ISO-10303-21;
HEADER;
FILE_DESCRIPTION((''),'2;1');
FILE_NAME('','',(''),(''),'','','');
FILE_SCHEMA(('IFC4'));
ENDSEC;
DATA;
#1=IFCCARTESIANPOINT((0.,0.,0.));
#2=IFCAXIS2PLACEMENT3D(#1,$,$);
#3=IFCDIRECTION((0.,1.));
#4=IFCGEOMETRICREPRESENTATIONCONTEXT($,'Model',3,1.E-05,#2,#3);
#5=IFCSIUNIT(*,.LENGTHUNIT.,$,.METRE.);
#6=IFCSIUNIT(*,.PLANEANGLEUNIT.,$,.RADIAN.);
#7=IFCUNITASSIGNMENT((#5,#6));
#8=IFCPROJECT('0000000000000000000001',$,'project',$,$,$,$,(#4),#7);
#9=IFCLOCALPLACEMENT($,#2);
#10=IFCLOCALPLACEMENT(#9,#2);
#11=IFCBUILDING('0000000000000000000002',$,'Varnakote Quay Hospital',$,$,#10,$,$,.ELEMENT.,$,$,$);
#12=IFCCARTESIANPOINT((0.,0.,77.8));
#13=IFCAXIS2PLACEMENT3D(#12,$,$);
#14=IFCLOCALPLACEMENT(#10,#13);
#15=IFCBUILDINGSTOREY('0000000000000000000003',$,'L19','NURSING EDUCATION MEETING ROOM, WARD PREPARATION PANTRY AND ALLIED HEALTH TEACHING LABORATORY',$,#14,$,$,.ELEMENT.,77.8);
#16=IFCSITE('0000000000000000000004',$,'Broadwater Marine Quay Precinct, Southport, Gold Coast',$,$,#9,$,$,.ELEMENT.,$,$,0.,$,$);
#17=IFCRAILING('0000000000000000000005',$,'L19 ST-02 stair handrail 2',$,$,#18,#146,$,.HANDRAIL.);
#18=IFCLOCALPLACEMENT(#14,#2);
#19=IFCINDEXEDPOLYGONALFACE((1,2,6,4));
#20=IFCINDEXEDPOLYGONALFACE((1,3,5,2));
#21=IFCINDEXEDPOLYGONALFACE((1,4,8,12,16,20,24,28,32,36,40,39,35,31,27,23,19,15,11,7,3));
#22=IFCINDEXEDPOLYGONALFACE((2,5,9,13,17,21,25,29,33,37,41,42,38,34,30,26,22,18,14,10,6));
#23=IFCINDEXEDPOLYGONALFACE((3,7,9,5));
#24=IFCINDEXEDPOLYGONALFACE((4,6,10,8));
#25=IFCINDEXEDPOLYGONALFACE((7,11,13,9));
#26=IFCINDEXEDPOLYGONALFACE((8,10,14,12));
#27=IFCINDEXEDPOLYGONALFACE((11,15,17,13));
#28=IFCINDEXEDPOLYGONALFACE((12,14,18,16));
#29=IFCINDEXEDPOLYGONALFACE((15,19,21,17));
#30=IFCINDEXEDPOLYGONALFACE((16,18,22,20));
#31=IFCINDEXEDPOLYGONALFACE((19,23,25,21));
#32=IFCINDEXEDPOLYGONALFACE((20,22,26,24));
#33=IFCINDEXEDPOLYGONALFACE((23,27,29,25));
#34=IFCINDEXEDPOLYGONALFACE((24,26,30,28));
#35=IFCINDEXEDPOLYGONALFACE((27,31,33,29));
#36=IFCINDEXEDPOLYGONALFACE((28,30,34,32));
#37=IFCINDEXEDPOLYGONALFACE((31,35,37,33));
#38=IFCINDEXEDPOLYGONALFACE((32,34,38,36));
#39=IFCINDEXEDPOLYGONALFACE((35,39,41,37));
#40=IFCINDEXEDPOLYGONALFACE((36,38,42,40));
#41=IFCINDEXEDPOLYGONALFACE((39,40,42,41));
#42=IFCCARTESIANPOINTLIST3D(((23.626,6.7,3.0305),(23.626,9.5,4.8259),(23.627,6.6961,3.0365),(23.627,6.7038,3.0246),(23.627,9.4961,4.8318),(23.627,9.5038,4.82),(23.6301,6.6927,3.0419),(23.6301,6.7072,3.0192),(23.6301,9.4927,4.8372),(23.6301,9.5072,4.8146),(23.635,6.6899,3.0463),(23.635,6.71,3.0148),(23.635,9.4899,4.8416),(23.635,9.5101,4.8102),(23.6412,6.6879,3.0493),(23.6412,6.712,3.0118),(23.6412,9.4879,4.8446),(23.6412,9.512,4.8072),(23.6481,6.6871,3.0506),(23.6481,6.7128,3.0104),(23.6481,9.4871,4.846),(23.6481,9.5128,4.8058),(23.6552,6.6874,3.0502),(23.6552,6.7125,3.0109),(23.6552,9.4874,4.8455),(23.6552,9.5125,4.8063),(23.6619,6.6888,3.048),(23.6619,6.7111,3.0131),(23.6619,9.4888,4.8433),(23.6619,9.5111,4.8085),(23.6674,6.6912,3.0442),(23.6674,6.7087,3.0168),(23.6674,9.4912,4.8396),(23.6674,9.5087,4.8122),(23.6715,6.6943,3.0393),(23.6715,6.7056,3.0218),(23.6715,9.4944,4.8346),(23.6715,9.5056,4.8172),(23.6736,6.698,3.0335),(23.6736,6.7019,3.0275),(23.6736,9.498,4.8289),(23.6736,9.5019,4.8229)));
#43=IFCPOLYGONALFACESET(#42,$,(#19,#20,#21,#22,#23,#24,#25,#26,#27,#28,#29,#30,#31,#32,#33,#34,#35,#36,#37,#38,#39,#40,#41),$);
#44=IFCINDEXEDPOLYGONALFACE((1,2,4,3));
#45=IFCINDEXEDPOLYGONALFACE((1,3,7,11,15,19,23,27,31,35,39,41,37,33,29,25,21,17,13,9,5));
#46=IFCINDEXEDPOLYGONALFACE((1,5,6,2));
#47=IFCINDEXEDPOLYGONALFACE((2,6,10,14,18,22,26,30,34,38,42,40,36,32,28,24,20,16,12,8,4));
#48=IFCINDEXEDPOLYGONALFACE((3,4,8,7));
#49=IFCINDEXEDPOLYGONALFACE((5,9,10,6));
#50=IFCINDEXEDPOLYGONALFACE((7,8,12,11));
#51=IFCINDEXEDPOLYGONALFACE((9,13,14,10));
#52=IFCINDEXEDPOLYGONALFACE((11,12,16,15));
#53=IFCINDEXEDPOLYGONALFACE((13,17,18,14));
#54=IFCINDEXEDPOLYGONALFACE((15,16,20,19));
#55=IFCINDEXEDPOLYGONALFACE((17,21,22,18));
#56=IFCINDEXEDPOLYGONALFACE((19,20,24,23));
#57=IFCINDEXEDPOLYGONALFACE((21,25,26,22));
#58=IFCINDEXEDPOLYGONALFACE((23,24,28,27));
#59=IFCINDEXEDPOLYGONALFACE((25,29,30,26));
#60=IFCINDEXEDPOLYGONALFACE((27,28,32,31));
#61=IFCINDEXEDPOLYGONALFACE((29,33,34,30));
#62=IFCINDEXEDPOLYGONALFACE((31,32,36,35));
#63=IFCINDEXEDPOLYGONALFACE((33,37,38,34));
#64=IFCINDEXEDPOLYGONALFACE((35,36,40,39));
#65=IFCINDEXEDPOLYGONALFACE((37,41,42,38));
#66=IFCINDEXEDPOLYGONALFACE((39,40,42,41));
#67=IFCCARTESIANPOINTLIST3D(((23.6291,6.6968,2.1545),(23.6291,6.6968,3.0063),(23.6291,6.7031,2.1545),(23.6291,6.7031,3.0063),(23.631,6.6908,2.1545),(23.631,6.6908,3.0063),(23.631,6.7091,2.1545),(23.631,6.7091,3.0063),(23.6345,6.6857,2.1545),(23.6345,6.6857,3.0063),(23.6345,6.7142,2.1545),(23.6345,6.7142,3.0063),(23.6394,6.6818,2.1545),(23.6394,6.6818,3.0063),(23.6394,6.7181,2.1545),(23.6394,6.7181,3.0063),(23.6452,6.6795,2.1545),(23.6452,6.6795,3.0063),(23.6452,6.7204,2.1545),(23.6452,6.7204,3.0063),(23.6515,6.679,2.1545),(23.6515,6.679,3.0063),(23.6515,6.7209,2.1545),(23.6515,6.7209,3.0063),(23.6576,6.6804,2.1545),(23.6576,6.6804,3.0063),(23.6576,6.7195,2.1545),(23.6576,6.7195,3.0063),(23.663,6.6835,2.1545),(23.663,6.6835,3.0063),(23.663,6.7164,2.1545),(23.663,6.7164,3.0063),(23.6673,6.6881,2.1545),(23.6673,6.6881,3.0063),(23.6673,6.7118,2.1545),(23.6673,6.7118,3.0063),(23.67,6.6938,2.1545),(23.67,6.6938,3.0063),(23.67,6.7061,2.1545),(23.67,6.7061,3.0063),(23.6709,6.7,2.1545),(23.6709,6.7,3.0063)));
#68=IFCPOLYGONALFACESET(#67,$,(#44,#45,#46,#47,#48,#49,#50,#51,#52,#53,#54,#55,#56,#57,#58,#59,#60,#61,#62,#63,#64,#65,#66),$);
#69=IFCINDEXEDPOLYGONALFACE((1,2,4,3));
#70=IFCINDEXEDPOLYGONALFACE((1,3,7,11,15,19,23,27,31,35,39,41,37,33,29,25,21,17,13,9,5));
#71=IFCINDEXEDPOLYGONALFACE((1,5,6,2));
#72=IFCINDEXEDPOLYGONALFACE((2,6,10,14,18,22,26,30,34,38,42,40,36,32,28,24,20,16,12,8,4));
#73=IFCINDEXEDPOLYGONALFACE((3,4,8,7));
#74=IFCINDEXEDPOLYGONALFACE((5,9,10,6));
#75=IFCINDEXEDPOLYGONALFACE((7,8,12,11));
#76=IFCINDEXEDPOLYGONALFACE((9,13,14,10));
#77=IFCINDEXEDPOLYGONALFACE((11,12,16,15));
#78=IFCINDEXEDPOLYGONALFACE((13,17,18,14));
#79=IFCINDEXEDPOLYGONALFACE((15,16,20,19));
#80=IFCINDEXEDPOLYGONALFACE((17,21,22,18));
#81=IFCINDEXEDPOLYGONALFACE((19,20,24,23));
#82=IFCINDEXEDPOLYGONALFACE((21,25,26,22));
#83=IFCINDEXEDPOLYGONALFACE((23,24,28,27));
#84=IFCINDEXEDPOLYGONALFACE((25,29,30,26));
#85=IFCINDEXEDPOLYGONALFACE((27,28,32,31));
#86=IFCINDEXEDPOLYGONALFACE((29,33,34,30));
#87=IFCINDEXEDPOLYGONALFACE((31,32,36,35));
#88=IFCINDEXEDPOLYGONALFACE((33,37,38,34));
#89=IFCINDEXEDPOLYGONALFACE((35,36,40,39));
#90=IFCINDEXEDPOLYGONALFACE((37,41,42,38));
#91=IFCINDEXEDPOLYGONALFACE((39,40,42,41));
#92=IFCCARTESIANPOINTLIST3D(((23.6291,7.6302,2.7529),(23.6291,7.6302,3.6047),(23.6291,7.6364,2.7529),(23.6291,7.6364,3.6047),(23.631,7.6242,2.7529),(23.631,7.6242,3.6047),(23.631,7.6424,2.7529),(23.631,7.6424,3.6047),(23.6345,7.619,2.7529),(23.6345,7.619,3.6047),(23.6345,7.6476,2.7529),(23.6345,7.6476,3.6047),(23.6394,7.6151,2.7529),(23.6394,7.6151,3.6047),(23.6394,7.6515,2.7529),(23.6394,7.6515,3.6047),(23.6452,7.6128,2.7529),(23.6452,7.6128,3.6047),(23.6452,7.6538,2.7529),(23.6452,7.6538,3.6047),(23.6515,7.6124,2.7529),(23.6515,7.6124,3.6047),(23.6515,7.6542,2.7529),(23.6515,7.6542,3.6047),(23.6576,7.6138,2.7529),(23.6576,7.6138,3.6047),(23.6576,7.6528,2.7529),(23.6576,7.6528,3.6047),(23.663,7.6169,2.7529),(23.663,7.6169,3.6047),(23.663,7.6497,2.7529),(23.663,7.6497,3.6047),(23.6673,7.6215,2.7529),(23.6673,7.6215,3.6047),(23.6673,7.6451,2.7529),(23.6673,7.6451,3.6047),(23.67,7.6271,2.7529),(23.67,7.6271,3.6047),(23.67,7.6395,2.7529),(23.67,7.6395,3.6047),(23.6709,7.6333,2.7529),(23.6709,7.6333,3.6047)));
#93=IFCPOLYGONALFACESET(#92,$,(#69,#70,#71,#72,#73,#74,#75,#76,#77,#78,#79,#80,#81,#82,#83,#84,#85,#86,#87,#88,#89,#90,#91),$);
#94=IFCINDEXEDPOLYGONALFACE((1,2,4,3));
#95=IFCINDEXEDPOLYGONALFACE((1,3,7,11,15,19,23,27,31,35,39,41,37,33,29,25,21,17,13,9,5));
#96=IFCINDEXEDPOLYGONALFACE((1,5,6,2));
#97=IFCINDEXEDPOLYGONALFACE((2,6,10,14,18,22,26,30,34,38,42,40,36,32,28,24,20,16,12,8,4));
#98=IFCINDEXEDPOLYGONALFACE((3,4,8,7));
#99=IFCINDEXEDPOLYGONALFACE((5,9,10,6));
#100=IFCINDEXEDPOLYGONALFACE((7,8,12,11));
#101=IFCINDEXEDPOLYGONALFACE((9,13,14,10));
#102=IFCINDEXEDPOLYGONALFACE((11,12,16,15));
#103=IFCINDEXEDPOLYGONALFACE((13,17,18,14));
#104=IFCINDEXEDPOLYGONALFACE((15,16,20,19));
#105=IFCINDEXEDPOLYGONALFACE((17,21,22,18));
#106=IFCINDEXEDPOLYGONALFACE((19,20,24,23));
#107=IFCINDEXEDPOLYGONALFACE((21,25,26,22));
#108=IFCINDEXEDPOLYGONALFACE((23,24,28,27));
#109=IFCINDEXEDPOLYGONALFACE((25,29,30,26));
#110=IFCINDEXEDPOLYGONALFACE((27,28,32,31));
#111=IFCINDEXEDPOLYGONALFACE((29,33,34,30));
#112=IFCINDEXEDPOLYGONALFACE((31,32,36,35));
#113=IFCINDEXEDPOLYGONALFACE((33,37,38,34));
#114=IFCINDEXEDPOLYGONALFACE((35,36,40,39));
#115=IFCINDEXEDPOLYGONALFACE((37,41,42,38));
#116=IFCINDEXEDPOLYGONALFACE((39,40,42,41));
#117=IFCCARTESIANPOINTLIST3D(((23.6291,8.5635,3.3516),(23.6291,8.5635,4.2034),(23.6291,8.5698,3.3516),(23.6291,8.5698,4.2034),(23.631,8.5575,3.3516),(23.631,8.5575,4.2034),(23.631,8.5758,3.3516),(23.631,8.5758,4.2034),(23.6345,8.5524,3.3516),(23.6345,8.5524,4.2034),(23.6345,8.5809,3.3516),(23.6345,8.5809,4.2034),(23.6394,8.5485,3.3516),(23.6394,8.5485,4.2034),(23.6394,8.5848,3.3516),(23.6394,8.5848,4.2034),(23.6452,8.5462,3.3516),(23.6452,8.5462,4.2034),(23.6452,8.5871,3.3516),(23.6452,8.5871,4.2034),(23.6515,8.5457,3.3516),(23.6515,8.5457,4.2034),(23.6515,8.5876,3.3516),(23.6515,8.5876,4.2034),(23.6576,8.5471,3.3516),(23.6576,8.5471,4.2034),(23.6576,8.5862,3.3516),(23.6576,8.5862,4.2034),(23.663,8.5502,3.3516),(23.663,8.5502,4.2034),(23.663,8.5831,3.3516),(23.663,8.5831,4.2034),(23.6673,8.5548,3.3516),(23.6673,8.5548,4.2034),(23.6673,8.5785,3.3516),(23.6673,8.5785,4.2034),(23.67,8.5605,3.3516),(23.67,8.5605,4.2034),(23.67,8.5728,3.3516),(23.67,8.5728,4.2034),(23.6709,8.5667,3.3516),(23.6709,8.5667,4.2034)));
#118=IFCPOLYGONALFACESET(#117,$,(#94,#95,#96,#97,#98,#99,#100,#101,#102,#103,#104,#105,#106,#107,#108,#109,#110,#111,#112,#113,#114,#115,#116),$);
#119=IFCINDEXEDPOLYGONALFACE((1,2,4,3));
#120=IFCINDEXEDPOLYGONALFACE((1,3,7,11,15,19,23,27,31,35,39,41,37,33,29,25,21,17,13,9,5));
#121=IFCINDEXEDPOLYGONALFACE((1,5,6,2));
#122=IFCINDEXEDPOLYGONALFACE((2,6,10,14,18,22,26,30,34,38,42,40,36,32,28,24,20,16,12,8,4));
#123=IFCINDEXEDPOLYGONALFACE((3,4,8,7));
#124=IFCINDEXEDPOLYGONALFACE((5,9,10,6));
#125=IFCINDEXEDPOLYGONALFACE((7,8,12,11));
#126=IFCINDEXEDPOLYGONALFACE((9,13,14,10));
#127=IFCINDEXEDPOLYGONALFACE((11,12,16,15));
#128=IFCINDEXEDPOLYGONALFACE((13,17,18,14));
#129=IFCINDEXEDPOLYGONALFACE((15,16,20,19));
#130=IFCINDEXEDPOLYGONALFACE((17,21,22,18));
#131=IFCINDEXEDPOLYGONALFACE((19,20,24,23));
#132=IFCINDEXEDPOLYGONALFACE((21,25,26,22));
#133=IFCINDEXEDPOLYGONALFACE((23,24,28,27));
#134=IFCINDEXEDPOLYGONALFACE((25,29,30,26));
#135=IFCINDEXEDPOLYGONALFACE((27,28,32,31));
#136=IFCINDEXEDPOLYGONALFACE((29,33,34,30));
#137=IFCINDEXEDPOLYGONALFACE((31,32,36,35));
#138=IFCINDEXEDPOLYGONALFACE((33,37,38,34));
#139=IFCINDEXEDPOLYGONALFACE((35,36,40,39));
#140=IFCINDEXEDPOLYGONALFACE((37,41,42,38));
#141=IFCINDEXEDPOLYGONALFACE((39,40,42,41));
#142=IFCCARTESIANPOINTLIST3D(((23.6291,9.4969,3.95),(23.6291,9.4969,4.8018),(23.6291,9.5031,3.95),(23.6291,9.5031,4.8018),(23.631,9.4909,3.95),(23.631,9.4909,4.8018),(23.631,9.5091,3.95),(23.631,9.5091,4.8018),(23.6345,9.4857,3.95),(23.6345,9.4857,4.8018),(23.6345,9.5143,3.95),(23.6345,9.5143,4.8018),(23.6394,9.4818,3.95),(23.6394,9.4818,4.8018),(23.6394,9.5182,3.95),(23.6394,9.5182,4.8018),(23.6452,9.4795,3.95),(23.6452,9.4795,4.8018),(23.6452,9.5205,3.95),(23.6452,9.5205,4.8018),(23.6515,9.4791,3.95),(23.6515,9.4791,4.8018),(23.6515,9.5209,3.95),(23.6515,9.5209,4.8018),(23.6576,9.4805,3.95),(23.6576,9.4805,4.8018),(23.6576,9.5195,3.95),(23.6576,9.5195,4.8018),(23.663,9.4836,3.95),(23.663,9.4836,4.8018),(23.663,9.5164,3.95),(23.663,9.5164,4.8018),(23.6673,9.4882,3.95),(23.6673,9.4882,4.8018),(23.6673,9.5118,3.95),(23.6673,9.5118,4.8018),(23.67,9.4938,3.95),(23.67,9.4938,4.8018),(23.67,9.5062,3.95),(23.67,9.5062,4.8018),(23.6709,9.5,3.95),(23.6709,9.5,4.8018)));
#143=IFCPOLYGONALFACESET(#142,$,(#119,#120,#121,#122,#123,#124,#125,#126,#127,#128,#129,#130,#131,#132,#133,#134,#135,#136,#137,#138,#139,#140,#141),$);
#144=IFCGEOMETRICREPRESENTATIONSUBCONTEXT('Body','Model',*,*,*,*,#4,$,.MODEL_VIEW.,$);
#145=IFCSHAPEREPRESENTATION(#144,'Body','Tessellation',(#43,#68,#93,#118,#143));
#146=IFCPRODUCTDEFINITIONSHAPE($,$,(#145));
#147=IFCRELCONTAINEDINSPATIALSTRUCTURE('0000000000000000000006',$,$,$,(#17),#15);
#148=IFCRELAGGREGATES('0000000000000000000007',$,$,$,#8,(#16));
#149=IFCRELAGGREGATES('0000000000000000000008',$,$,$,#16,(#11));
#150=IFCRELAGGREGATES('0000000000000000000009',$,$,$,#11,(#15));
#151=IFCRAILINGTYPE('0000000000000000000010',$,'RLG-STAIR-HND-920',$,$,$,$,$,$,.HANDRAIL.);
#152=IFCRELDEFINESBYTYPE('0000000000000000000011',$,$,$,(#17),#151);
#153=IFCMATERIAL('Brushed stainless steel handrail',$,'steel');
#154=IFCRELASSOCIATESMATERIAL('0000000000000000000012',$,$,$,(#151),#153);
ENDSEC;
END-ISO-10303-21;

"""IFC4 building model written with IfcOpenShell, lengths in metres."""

from ifc_helpers import new_model, si_unit, direction, frame, origin, origin_2d, place, context, subcontext, project, spatial, circle, extrude, material, type_object, element, save


model = new_model("IFC4")

# Units and contexts
model_context = context("Model", 3, precision=1e-05, world=origin(), true_north=direction((0.0, 1.0)))
body_context = subcontext(model_context, "Body", "Model", "MODEL_VIEW")
ifc_project = project(units=[si_unit("LENGTHUNIT", "METRE"), si_unit("PLANEANGLEUNIT", "RADIAN")], contexts=[model_context])

# Site, building, storey
site_placement = place(None, origin())
site = spatial("IfcSite", under=ifc_project, at=site_placement, Name="Broadwater Marine Quay Precinct, Southport, Gold Coast", CompositionType="ELEMENT", RefElevation=0.0)
building_placement = place(site_placement, origin())
building = spatial("IfcBuilding", under=site, at=building_placement, Name="Varnakote Quay Hospital", CompositionType="ELEMENT")
storey_placement = place(building_placement, frame((0.0, 0.0, 77.8)))
storey = spatial("IfcBuildingStorey", under=building, at=storey_placement, Name="L19", Description="NURSING EDUCATION MEETING ROOM, WARD PREPARATION PANTRY AND ALLIED HEALTH TEACHING LABORATORY", CompositionType="ELEMENT", Elevation=77.8)

# Railing
ifc_material_1 = material(Name="Brushed stainless steel handrail", Category="steel")
railing_type_1 = type_object("IfcRailingType", Name="RLG-STAIR-HND-920", PredefinedType="HANDRAIL", material=ifc_material_1)
railing_1_placement = place(storey_placement, frame((23.6499, 6.7, 2.1545)))
element("IfcRailing", 1, at=railing_1_placement, inside=storey, type_object=railing_type_1, Name="L19 ST-02 stair handrail 2", PredefinedType="HANDRAIL", context=body_context, shape_type="SweptSolid", body=[
    extrude(circle(Radius=0.0239, at=origin_2d()), frame((0.0, 0.0, 0.876), z_axis=(0.0, 0.84181, 0.539774), x_axis=(-1.0, 0.0, 0.0)), (0.0, 0.0, 1.0), 3.3262),
    extrude(circle(Radius=0.021, at=origin_2d()), origin(), (0.0, 0.0, 1.0), 0.8518),
    extrude(circle(Radius=0.021, at=origin_2d()), frame((0.0, 0.9333, 0.5984)), (0.0, 0.0, 1.0), 0.8518),
    extrude(circle(Radius=0.021, at=origin_2d()), frame((0.0, 1.8667, 1.197)), (0.0, 0.0, 1.0), 0.8518),
    extrude(circle(Radius=0.021, at=origin_2d()), frame((0.0, 2.8, 1.7954)), (0.0, 0.0, 1.0), 0.8518),
])

save(model, "model.ifc")
